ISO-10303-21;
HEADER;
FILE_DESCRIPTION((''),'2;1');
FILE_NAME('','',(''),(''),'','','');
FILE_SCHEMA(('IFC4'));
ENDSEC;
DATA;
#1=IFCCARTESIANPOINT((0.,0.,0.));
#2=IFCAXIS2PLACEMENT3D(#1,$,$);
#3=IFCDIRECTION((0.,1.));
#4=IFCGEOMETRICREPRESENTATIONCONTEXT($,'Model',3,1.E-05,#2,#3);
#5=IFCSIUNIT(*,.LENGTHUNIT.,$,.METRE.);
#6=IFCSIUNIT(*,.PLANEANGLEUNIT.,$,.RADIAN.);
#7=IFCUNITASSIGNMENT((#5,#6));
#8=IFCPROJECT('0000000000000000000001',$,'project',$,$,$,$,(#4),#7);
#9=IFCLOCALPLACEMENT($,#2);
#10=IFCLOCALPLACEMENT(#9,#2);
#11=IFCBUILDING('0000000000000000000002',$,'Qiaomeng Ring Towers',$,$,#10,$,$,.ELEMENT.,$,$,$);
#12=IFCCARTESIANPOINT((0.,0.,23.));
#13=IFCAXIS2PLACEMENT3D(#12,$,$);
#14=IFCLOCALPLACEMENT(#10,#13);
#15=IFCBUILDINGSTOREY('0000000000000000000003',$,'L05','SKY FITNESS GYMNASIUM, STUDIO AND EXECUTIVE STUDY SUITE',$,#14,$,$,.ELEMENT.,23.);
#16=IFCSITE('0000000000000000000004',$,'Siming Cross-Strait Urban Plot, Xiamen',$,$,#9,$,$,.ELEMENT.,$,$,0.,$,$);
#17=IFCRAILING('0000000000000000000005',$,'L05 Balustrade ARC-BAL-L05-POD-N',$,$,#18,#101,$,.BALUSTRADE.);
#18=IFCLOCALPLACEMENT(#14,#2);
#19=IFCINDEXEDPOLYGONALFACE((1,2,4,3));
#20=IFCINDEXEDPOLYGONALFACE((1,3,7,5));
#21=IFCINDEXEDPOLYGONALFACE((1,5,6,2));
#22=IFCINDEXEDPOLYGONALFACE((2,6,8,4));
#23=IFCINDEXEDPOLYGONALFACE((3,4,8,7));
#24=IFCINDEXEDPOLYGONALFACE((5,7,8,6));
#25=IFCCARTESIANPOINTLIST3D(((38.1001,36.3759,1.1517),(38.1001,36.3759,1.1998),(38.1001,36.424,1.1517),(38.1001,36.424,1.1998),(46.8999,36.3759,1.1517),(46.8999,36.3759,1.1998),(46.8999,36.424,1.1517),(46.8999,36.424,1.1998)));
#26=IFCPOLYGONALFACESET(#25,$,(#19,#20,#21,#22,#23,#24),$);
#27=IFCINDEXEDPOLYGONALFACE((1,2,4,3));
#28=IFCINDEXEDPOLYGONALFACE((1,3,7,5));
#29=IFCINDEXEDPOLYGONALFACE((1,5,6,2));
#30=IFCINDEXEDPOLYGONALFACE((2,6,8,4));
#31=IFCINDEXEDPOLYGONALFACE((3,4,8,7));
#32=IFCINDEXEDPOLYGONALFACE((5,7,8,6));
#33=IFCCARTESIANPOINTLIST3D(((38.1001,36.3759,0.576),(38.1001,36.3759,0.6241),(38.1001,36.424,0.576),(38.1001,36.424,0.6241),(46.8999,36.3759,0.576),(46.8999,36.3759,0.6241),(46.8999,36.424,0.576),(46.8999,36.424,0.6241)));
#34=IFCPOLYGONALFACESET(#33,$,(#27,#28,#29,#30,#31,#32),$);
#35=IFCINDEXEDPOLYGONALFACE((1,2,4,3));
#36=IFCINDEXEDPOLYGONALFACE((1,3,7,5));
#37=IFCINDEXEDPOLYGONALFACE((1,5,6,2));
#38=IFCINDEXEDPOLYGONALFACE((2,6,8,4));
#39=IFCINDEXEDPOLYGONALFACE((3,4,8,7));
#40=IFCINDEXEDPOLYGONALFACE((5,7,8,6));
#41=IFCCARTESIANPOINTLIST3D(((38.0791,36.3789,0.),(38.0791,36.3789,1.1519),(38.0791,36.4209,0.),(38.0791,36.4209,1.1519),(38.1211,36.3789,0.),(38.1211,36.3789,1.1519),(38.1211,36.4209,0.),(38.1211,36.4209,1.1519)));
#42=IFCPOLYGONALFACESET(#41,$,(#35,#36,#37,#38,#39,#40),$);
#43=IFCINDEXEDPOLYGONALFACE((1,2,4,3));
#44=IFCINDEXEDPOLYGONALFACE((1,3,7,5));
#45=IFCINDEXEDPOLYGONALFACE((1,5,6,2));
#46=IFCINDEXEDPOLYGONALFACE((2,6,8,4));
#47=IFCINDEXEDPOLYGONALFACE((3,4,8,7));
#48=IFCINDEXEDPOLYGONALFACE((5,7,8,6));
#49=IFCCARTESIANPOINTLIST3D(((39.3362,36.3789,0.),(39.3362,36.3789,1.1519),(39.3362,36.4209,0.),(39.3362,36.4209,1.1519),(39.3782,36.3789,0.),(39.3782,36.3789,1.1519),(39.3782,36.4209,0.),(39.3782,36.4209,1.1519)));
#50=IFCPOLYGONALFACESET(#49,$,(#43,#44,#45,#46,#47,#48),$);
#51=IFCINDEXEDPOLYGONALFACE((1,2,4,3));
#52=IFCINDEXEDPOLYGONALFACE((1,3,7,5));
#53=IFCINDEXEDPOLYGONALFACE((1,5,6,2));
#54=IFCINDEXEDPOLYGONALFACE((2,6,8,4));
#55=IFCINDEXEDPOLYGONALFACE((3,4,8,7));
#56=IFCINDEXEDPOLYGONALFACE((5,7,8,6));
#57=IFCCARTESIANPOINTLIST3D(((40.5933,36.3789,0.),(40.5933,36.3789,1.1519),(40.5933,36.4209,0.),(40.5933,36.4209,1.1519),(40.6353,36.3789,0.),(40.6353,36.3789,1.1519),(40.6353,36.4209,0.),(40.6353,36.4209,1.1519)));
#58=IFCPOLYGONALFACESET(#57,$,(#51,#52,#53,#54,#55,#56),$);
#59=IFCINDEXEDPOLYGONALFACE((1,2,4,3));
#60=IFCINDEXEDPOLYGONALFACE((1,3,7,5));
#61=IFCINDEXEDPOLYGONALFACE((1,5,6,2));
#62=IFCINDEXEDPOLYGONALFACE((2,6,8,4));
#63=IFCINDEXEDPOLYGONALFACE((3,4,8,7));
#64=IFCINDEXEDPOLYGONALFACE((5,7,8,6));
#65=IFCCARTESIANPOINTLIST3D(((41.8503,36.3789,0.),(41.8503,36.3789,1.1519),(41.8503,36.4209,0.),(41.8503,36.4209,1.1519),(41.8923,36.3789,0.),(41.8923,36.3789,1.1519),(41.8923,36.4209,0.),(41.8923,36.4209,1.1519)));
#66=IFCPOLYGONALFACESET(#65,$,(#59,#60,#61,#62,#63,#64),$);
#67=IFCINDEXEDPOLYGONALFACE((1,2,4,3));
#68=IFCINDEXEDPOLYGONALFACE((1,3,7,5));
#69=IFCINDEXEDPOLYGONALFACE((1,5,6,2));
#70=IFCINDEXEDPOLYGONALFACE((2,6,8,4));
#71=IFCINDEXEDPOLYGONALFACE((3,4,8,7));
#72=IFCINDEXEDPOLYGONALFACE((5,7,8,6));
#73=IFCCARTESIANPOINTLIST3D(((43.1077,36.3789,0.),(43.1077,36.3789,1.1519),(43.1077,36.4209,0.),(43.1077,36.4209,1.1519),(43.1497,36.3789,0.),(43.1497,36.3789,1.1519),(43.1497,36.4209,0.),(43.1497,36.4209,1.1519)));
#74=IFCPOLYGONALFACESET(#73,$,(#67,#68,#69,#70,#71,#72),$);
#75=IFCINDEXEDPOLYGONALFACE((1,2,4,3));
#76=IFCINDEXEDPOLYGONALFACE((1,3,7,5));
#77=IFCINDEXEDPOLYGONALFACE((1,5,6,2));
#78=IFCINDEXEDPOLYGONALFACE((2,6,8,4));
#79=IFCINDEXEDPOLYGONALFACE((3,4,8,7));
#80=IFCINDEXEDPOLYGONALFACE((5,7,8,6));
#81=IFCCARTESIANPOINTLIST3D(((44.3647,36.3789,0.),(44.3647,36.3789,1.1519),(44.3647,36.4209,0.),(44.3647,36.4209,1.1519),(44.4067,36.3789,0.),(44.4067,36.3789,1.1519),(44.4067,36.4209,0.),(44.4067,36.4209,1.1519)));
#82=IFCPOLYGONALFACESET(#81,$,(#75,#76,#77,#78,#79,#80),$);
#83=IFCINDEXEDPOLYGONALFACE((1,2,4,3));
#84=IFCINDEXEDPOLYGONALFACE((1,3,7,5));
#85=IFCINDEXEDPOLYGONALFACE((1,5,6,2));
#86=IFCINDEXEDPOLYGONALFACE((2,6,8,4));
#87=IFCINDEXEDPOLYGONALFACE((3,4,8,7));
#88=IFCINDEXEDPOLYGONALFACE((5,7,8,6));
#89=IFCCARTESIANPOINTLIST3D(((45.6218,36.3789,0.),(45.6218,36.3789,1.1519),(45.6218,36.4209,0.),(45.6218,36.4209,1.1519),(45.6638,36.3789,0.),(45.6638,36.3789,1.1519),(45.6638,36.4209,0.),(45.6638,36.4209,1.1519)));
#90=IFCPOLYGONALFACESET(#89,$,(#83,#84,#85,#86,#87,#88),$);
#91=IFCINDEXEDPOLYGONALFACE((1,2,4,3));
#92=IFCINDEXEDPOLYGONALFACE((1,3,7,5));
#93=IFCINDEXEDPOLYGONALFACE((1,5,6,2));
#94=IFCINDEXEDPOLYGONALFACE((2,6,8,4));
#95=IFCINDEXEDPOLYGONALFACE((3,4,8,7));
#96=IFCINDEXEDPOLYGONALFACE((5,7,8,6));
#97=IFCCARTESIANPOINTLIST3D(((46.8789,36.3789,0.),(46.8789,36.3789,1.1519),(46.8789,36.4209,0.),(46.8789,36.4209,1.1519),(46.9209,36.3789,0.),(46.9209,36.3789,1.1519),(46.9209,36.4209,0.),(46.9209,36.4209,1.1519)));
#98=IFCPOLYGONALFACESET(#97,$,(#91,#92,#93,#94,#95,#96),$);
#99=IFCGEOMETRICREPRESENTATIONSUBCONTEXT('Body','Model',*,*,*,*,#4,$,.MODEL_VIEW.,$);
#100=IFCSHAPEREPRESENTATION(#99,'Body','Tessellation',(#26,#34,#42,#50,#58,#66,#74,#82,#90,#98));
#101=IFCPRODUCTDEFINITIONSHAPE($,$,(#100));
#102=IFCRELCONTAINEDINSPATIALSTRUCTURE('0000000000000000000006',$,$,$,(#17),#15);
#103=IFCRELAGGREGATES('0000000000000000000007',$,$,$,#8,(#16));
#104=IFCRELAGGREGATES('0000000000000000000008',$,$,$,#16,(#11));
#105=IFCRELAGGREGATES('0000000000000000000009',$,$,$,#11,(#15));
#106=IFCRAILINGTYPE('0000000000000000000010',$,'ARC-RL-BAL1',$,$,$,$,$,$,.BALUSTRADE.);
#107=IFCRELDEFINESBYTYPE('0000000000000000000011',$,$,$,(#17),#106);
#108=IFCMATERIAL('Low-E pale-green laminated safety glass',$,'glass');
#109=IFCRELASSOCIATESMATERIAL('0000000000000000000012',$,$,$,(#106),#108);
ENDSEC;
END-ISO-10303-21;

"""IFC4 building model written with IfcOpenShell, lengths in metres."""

from ifc_helpers import new_model, si_unit, direction, frame, origin, origin_2d, place, context, subcontext, project, spatial, rectangle, extrude, material, type_object, element, save


model = new_model("IFC4")

# Units and contexts
model_context = context("Model", 3, precision=1e-05, world=origin(), true_north=direction((0.0, 1.0)))
body_context = subcontext(model_context, "Body", "Model", "MODEL_VIEW")
ifc_project = project(units=[si_unit("LENGTHUNIT", "METRE"), si_unit("PLANEANGLEUNIT", "RADIAN")], contexts=[model_context])

# Site, building, storey
site_placement = place(None, origin())
site = spatial("IfcSite", under=ifc_project, at=site_placement, Name="Siming Cross-Strait Urban Plot, Xiamen", CompositionType="ELEMENT", RefElevation=0.0)
building_placement = place(site_placement, origin())
building = spatial("IfcBuilding", under=site, at=building_placement, Name="Qiaomeng Ring Towers", CompositionType="ELEMENT")
storey_placement = place(building_placement, frame((0.0, 0.0, 23.0)))
storey = spatial("IfcBuildingStorey", under=building, at=storey_placement, Name="L05", Description="SKY FITNESS GYMNASIUM, STUDIO AND EXECUTIVE STUDY SUITE", CompositionType="ELEMENT", Elevation=23.0)

# Railing
ifc_material_1 = material(Name="Low-E pale-green laminated safety glass", Category="glass")
railing_type = type_object("IfcRailingType", Name="ARC-RL-BAL1", PredefinedType="BALUSTRADE", material=ifc_material_1)
railing_1_placement = place(storey_placement, frame((38.1001, 36.3999, 0.0)))
element("IfcRailing", 1, at=railing_1_placement, inside=storey, type_object=railing_type, Name="L05 Balustrade ARC-BAL-L05-POD-N", PredefinedType="BALUSTRADE", context=body_context, shape_type="SweptSolid", body=[
    extrude(rectangle(XDim=0.0481, YDim=0.0481, at=origin_2d()), frame((0.0, 0.0, 1.1758), z_axis=(1.0, 0.0, 0.0), x_axis=(0.0, 1.0, 0.0)), (0.0, 0.0, 1.0), 8.7998),
    extrude(rectangle(XDim=0.0481, YDim=0.0481, at=origin_2d()), frame((0.0, 0.0, 0.6001), z_axis=(1.0, 0.0, 0.0), x_axis=(0.0, 1.0, 0.0)), (0.0, 0.0, 1.0), 8.7998),
    extrude(rectangle(XDim=0.042, YDim=0.042, at=origin_2d()), origin(), (0.0, 0.0, 1.0), 1.1519),
    extrude(rectangle(XDim=0.042, YDim=0.042, at=origin_2d()), frame((1.2571, 0.0, 0.0)), (0.0, 0.0, 1.0), 1.1519),
    extrude(rectangle(XDim=0.042, YDim=0.042, at=origin_2d()), frame((2.5142, 0.0, 0.0)), (0.0, 0.0, 1.0), 1.1519),
    extrude(rectangle(XDim=0.042, YDim=0.042, at=origin_2d()), frame((3.7712, 0.0, 0.0)), (0.0, 0.0, 1.0), 1.1519),
    extrude(rectangle(XDim=0.042, YDim=0.042, at=origin_2d()), frame((5.0286, 0.0, 0.0)), (0.0, 0.0, 1.0), 1.1519),
    extrude(rectangle(XDim=0.042, YDim=0.042, at=origin_2d()), frame((6.2856, 0.0, 0.0)), (0.0, 0.0, 1.0), 1.1519),
    extrude(rectangle(XDim=0.042, YDim=0.042, at=origin_2d()), frame((7.5427, 0.0, 0.0)), (0.0, 0.0, 1.0), 1.1519),
    extrude(rectangle(XDim=0.042, YDim=0.042, at=origin_2d()), frame((8.7998, 0.0, 0.0)), (0.0, 0.0, 1.0), 1.1519),
])

save(model, "model.ifc")
